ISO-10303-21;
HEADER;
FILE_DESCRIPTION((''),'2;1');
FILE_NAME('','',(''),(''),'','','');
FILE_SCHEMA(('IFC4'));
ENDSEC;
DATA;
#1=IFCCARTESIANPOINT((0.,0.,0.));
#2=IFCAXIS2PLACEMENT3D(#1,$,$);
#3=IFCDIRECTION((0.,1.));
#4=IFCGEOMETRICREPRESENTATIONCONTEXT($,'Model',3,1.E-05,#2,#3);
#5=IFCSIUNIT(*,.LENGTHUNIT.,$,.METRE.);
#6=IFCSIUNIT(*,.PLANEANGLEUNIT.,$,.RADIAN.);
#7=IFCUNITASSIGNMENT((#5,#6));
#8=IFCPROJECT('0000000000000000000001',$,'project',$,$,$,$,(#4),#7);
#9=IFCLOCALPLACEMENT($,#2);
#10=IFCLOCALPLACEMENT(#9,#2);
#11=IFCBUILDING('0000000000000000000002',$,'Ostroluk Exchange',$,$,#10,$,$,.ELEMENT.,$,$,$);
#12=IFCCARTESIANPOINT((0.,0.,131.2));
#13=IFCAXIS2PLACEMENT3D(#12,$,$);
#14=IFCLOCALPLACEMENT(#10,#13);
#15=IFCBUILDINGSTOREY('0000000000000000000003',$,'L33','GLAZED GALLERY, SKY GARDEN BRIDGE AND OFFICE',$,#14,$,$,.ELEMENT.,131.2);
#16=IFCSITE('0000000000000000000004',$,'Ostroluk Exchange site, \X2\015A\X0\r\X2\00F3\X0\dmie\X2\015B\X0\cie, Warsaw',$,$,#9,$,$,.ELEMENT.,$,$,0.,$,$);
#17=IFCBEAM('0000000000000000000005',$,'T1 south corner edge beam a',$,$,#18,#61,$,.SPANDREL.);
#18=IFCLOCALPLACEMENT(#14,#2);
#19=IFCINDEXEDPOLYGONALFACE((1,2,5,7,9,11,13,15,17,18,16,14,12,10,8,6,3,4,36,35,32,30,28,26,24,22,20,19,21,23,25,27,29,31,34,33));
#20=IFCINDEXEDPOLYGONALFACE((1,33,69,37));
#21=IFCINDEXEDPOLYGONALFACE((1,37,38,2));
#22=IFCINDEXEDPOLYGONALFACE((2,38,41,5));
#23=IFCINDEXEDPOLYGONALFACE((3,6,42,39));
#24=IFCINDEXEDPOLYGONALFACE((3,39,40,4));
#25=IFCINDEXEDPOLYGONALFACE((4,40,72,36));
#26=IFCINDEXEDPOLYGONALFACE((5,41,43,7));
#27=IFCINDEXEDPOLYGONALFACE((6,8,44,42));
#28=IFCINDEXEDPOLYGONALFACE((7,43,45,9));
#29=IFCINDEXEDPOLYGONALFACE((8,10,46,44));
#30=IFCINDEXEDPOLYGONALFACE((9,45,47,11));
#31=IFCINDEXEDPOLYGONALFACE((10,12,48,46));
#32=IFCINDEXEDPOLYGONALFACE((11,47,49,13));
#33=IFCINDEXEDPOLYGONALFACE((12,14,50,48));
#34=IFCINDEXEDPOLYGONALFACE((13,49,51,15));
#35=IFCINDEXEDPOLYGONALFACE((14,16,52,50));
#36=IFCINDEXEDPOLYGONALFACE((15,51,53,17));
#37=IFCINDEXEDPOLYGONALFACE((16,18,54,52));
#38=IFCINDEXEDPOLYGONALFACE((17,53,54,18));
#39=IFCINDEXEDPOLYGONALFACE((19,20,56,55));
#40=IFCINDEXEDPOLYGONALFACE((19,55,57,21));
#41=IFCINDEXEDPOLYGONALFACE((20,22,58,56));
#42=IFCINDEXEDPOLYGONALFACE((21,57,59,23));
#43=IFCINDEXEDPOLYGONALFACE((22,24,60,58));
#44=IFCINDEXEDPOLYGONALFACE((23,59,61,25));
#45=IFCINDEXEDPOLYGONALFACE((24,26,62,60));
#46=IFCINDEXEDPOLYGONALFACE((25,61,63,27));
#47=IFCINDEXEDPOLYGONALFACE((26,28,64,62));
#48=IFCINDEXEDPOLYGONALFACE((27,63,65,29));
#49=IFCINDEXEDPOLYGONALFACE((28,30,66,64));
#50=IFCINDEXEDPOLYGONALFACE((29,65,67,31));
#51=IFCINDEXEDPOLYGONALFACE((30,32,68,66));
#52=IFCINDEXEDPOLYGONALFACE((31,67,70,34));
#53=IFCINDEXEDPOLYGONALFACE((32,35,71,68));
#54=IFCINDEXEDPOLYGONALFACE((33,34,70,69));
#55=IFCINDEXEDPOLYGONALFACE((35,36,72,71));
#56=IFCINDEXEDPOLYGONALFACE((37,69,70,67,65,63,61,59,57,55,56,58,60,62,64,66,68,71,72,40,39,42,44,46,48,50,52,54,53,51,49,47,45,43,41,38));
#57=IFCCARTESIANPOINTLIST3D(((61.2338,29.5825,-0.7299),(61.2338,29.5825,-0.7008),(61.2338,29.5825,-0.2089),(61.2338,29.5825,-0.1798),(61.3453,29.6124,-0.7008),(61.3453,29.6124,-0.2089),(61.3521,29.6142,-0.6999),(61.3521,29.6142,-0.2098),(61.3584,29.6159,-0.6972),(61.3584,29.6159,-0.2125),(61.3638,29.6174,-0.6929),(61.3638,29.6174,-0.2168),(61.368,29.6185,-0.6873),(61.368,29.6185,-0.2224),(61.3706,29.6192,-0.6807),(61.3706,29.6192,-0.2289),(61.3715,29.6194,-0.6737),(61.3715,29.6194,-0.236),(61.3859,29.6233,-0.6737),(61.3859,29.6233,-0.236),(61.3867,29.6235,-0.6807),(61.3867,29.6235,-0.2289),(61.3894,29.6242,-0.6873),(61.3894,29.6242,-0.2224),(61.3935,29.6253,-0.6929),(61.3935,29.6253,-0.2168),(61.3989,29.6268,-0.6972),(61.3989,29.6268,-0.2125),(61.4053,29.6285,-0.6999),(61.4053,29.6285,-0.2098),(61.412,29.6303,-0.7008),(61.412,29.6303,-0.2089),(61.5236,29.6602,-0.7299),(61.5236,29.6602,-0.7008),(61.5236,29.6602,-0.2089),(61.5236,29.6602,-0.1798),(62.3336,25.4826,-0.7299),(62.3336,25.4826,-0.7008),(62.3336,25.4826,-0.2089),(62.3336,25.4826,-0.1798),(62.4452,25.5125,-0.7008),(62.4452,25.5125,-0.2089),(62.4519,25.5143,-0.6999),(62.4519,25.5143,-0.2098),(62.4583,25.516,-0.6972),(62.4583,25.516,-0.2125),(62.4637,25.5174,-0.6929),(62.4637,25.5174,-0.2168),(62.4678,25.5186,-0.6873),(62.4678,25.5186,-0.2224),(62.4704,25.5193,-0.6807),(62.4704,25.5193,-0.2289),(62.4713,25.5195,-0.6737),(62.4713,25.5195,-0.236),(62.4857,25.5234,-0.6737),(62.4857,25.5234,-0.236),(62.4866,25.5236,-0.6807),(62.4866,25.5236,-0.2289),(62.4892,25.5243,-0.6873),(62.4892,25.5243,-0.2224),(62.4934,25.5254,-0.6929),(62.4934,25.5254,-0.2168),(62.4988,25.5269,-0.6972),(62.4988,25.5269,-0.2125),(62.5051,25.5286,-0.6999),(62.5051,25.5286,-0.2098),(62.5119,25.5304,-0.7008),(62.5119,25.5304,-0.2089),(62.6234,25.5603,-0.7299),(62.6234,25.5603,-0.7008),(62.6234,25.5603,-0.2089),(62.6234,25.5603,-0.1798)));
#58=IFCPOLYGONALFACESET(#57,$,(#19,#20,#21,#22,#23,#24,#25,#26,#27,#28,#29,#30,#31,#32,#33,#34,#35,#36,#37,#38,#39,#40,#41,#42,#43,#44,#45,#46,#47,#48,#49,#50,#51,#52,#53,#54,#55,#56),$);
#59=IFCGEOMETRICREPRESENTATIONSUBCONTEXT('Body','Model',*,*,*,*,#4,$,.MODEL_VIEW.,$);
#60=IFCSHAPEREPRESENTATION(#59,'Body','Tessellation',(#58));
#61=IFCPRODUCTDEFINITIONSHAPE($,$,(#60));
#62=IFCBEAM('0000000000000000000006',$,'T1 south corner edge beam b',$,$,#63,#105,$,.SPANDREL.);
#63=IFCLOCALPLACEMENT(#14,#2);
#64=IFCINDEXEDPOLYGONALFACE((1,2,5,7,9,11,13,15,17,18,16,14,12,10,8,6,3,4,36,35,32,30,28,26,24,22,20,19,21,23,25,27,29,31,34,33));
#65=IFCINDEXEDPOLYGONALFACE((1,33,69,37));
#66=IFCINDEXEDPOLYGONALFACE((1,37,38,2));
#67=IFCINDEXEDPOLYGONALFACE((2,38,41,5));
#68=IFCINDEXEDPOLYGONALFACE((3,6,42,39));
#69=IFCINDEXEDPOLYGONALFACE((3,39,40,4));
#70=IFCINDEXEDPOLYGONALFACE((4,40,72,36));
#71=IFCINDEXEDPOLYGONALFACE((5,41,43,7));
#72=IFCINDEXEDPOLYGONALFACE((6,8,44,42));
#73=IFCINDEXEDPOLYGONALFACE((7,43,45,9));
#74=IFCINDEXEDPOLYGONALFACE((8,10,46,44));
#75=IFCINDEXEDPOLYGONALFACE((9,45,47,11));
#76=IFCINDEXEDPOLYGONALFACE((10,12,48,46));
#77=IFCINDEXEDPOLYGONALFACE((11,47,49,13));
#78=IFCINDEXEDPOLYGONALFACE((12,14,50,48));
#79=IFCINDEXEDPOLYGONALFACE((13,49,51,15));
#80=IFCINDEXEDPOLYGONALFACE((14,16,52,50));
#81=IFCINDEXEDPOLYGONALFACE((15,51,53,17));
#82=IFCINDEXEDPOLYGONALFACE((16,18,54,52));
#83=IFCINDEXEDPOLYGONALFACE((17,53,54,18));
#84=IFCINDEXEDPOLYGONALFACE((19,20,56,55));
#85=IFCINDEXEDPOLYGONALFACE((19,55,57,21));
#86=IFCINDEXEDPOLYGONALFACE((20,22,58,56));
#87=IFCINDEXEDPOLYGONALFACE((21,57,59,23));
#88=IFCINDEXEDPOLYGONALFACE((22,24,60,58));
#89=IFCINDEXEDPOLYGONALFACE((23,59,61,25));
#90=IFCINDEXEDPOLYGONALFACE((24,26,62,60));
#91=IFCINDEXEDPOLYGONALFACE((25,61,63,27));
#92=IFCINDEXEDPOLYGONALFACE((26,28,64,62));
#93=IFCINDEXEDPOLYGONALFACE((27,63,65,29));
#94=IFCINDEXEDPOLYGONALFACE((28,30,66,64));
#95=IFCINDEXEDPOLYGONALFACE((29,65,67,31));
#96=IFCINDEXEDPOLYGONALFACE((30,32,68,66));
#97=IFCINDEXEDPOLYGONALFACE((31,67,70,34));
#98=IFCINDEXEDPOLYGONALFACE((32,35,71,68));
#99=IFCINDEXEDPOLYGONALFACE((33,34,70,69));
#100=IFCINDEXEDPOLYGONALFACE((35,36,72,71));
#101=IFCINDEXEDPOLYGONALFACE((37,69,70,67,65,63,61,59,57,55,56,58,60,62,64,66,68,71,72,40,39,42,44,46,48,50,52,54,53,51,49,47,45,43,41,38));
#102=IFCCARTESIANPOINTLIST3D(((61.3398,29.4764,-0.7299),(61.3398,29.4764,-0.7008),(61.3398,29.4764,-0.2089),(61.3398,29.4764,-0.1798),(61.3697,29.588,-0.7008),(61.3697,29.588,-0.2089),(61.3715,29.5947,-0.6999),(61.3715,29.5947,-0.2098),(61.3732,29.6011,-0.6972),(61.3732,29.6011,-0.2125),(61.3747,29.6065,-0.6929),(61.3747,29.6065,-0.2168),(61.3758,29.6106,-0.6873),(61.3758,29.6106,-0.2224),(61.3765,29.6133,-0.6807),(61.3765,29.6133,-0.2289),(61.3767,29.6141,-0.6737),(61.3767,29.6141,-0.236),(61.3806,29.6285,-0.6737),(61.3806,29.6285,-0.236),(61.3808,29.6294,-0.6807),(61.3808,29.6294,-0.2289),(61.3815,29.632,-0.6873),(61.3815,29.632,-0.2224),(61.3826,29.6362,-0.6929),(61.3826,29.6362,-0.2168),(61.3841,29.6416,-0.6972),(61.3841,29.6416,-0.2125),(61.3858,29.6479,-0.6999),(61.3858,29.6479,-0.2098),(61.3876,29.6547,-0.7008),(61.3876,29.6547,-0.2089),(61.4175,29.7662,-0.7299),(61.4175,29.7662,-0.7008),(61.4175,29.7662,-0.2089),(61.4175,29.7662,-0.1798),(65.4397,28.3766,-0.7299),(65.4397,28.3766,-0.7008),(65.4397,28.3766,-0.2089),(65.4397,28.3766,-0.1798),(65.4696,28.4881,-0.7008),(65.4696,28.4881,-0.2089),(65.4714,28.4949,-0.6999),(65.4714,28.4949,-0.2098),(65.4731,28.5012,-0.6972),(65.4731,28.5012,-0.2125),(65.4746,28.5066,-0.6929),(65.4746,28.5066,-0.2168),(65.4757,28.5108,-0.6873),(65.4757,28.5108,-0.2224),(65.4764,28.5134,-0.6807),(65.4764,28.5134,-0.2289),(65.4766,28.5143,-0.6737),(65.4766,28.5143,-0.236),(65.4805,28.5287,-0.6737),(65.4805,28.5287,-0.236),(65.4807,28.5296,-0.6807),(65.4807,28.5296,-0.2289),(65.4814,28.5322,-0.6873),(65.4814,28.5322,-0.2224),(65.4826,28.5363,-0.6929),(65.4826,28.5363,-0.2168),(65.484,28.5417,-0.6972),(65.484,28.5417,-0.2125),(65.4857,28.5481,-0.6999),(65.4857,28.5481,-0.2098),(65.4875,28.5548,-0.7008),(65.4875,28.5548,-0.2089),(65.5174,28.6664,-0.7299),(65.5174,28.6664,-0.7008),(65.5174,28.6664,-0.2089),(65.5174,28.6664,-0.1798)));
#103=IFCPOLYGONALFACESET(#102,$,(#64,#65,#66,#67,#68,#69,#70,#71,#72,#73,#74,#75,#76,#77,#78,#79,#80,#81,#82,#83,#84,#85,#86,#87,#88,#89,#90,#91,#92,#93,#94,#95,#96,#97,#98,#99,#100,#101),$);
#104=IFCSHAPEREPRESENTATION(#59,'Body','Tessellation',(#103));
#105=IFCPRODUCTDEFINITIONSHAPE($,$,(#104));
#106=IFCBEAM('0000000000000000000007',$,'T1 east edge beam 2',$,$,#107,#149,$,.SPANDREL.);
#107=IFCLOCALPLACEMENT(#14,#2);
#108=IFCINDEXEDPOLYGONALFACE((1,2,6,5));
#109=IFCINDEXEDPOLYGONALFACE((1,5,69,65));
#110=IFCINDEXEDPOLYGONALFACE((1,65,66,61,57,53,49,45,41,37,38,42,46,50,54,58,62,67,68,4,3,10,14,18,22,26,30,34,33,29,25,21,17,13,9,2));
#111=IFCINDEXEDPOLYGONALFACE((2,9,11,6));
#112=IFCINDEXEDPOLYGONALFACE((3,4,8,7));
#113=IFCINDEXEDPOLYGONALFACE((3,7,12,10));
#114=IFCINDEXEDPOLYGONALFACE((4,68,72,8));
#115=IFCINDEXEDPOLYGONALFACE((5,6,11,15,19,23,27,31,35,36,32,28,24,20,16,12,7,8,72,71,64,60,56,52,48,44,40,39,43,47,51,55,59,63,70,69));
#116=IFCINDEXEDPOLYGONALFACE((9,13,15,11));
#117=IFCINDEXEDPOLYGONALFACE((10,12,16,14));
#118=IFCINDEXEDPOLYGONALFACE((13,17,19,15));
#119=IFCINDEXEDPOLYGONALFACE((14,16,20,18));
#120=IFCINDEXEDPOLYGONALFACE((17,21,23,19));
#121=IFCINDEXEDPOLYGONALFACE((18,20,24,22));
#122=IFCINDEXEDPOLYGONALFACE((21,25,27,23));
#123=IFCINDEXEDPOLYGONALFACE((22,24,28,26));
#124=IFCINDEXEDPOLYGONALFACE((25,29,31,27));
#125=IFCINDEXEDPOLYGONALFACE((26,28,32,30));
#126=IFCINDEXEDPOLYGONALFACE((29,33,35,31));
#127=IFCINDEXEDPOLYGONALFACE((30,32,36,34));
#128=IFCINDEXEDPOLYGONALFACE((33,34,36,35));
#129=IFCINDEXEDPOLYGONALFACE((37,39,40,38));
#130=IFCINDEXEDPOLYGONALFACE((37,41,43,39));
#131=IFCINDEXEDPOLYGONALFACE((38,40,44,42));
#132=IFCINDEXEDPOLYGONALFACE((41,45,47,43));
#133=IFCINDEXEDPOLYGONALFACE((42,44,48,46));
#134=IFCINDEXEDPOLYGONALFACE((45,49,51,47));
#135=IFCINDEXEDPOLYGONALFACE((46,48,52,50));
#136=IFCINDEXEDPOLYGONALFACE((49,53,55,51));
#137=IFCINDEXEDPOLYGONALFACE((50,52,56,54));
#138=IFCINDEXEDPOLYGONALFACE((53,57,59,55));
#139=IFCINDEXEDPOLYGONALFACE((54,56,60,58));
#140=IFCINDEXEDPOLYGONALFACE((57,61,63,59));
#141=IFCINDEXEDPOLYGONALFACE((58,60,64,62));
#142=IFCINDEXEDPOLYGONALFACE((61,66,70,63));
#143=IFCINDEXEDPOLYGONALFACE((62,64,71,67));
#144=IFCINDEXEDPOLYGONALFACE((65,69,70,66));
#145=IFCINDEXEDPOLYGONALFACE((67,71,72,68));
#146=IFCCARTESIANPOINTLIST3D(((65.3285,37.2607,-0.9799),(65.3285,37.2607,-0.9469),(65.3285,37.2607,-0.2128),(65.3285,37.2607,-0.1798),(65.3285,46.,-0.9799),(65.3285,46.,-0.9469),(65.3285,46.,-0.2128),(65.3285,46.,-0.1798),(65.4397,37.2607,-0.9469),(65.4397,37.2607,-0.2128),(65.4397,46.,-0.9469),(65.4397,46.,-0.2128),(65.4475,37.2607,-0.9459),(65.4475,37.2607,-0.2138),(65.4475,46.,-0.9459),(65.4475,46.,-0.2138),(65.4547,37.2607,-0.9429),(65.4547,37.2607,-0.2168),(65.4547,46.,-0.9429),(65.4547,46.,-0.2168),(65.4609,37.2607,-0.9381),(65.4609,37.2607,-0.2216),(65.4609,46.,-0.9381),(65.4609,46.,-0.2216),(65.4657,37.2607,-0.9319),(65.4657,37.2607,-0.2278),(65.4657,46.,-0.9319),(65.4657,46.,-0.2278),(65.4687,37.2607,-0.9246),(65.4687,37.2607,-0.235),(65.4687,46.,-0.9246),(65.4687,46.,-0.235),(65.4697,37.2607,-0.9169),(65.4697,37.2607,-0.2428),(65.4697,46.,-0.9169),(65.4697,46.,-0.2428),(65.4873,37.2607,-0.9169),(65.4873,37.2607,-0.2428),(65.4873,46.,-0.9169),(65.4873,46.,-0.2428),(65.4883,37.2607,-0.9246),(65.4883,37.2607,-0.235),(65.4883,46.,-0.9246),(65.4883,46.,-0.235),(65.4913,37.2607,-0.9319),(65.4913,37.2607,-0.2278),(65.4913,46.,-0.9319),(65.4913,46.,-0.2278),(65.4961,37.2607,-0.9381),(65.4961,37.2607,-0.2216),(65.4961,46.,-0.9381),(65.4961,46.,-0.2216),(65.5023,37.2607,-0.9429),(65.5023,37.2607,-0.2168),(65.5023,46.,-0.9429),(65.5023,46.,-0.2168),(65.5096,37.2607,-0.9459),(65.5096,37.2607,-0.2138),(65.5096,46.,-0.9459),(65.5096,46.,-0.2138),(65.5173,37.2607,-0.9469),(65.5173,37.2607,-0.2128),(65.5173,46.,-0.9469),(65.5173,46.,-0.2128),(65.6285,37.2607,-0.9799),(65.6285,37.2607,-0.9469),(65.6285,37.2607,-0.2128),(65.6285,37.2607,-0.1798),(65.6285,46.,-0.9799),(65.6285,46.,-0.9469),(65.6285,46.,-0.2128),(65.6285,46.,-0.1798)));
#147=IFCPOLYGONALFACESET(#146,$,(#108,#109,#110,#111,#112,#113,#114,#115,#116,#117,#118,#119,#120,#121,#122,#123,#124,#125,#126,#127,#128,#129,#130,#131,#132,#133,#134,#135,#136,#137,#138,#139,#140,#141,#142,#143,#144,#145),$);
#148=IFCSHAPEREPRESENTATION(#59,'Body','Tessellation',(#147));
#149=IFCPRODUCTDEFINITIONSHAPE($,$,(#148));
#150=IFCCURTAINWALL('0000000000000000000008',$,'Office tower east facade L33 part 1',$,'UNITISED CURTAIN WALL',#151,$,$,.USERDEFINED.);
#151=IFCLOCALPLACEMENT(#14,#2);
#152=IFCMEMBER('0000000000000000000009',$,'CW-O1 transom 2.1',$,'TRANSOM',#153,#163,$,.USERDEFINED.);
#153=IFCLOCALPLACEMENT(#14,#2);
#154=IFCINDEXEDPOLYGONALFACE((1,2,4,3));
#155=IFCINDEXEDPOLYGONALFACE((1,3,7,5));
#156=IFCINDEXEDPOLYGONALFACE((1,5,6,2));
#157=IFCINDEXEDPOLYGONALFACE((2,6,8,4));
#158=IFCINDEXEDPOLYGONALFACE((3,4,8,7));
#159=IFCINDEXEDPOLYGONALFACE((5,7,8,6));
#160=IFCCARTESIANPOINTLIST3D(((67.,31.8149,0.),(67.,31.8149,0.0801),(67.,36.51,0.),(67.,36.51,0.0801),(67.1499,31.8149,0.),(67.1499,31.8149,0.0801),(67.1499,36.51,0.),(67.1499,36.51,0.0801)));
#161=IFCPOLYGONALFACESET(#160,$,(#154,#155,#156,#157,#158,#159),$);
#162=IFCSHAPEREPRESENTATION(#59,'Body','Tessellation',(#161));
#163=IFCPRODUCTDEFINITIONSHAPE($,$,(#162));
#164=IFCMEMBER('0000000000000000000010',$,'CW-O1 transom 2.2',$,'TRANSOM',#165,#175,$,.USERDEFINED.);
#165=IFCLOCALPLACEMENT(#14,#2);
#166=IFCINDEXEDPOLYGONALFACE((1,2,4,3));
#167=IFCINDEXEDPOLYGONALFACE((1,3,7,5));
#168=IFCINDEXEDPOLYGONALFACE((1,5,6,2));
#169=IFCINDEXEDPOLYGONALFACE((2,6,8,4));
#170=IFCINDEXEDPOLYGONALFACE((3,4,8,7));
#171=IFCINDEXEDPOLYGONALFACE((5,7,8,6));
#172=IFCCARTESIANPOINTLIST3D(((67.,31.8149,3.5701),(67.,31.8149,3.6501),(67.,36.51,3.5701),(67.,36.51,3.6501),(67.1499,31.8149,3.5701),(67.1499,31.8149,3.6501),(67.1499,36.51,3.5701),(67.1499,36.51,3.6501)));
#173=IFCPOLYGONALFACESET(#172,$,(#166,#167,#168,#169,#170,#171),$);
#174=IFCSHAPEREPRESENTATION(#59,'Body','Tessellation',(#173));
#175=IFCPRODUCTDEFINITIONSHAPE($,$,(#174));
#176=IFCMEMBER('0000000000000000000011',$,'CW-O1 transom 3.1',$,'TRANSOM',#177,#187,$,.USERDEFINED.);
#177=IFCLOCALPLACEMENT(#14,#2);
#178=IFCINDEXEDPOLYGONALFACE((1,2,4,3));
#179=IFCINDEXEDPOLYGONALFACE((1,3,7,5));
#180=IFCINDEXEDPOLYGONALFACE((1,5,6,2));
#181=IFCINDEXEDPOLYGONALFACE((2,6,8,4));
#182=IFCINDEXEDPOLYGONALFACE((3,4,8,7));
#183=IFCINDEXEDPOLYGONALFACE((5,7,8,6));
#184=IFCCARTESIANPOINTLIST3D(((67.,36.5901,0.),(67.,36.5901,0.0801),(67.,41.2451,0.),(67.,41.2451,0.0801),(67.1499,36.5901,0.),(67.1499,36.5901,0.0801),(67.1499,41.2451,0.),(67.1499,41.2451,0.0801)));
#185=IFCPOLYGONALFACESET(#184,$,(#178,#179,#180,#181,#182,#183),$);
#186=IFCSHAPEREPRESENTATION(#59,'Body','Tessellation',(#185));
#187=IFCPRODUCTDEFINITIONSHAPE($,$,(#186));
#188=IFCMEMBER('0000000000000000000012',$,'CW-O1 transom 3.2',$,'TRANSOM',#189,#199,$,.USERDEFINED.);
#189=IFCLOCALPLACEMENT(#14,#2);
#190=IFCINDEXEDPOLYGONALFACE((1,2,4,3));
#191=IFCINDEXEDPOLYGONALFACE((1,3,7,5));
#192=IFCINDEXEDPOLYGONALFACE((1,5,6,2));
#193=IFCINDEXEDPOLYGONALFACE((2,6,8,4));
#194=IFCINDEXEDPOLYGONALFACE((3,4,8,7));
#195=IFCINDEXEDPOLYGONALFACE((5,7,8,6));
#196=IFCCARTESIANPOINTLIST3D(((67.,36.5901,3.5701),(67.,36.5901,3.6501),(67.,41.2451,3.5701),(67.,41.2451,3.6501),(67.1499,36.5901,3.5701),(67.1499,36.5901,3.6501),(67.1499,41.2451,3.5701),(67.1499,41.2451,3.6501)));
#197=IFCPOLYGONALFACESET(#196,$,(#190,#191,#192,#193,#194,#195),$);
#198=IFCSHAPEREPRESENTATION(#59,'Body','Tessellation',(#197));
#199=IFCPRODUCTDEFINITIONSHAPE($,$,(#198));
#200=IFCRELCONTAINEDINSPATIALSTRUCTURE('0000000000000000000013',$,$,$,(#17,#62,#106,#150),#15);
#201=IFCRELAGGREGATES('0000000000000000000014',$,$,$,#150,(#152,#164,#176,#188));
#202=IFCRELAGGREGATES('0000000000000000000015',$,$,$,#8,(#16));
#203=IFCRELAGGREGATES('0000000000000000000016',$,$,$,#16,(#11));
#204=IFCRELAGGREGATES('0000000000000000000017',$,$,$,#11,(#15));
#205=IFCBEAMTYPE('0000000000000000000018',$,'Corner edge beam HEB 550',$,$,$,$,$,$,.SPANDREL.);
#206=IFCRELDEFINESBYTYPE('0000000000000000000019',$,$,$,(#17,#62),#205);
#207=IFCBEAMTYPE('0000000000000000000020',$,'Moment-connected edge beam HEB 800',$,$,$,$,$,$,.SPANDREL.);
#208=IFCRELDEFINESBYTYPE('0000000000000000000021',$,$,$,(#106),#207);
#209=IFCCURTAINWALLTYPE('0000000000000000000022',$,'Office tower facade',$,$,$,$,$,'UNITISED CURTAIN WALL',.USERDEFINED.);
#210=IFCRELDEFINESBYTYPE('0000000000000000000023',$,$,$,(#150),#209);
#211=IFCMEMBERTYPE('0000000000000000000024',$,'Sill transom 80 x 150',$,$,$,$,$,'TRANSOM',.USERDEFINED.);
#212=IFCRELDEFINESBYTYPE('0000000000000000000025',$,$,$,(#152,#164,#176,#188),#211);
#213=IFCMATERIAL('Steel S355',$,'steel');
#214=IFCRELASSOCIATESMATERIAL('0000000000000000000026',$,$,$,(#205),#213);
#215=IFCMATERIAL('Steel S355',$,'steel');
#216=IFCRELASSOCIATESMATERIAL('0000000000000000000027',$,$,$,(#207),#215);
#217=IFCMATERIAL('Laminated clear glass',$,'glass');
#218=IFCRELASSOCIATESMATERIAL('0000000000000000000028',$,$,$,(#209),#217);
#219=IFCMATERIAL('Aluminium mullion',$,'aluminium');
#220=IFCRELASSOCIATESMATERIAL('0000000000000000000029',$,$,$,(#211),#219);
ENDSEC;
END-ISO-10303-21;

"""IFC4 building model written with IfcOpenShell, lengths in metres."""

from ifc_helpers import new_model, si_unit, direction, frame, origin, origin_2d, place, context, subcontext, project, spatial, rectangle, i_section, extrude, material, material_profile, profile_set, type_object, element, aggregate, save


model = new_model("IFC4")

# Units and contexts
model_context = context("Model", 3, precision=1e-05, world=origin(), true_north=direction((0.0, 1.0)))
body_context = subcontext(model_context, "Body", "Model", "MODEL_VIEW")
ifc_project = project(units=[si_unit("LENGTHUNIT", "METRE"), si_unit("PLANEANGLEUNIT", "RADIAN")], contexts=[model_context])

# Site, building, storey
site_placement = place(None, origin())
site = spatial("IfcSite", under=ifc_project, at=site_placement, Name="Ostroluk Exchange site, Śródmieście, Warsaw", CompositionType="ELEMENT", RefElevation=0.0)
building_placement = place(site_placement, origin())
building = spatial("IfcBuilding", under=site, at=building_placement, Name="Ostroluk Exchange", CompositionType="ELEMENT")
storey_placement = place(building_placement, frame((0.0, 0.0, 131.2)))
storey = spatial("IfcBuildingStorey", under=building, at=storey_placement, Name="L33", Description="GLAZED GALLERY, SKY GARDEN BRIDGE AND OFFICE", CompositionType="ELEMENT", Elevation=131.2)

# Beams
ifc_material_1 = material(Name="Steel S355", Category="steel")
ifc_material_profile_1 = material_profile(ifc_material_1, i_section(OverallWidth=0.3, OverallDepth=0.55, WebThickness=0.0149, FlangeThickness=0.0291, FilletRadius=0.0271, at=origin_2d()), Name="HEB 550")
ifc_profile_set_1 = profile_set([ifc_material_profile_1], Name="Steel S355")
beam_type_1 = type_object("IfcBeamType", Name="Corner edge beam HEB 550", PredefinedType="SPANDREL", material=ifc_profile_set_1)
for number, where, z_axis, x_axis, name in (
    (1, (61.3787, 29.6213, -0.4548), (0.259105, -0.965849, 0.0), (0.965849, 0.259105, 0.0), "T1 south corner edge beam a"),
    (2, (61.3787, 29.6213, -0.4548), (0.965849, -0.259105, 0.0), (0.259105, 0.965849, 0.0), "T1 south corner edge beam b"),
):
    element("IfcBeam", number, at=place(storey_placement, frame(where, z_axis=z_axis, x_axis=x_axis)), inside=storey, type_object=beam_type_1, Name=name, PredefinedType="SPANDREL", context=body_context, shape_type="SweptSolid", body=[
        extrude(i_section(OverallWidth=0.3, OverallDepth=0.55, WebThickness=0.0149, FlangeThickness=0.0291, FilletRadius=0.0271, at=origin_2d()), origin(), (0.0, 0.0, 1.0), 4.2449),
    ])
ifc_material_2 = material(Name="Steel S355", Category="steel")
ifc_material_profile_2 = material_profile(ifc_material_2, i_section(OverallWidth=0.3, OverallDepth=0.8, WebThickness=0.0176, FlangeThickness=0.033, FilletRadius=0.03, at=origin_2d()), Name="HEB 800")
ifc_profile_set_2 = profile_set([ifc_material_profile_2], Name="Steel S355")
beam_type_2 = type_object("IfcBeamType", Name="Moment-connected edge beam HEB 800", PredefinedType="SPANDREL", material=ifc_profile_set_2)
beam_1_placement = place(storey_placement, frame((65.4785, 37.2607, -0.5798), z_axis=(0.0, 1.0, 0.0), x_axis=(-1.0, 0.0, 0.0)))
element("IfcBeam", 3, at=beam_1_placement, inside=storey, type_object=beam_type_2, Name="T1 east edge beam 2", PredefinedType="SPANDREL", context=body_context, shape_type="SweptSolid", body=[
    extrude(i_section(OverallWidth=0.3, OverallDepth=0.8, WebThickness=0.0176, FlangeThickness=0.033, FilletRadius=0.03, at=origin_2d()), origin(), (0.0, 0.0, 1.0), 8.7393),
])

# Curtain wall, members
ifc_material_3 = material(Name="Laminated clear glass", Category="glass")
curtain_wall_type = type_object("IfcCurtainWallType", Name="Office tower facade", ElementType="UNITISED CURTAIN WALL", PredefinedType="USERDEFINED", material=ifc_material_3)
curtain_wall_placement = place(storey_placement, origin())
curtain_wall = element("IfcCurtainWall", 4, at=curtain_wall_placement, inside=storey, type_object=curtain_wall_type, Name="Office tower east facade L33 part 1", ObjectType="UNITISED CURTAIN WALL", PredefinedType="USERDEFINED")
ifc_material_4 = material(Name="Aluminium mullion", Category="aluminium")
ifc_material_profile_3 = material_profile(ifc_material_4, rectangle(XDim=0.1499, YDim=0.0801, at=origin_2d()), Name="Sill transom 80 x 150")
ifc_profile_set_3 = profile_set([ifc_material_profile_3], Name="Aluminium mullion")
member_type_1 = type_object("IfcMemberType", Name="Sill transom 80 x 150", ElementType="TRANSOM", PredefinedType="USERDEFINED", material=ifc_profile_set_3)
member_1_placement = place(storey_placement, frame((67.075, 31.8149, 0.04), z_axis=(0.0, 1.0, 0.0), x_axis=(-1.0, 0.0, 0.0)))
member_1 = element("IfcMember", 5, at=member_1_placement, type_object=member_type_1, Name="CW-O1 transom 2.1", ObjectType="TRANSOM", PredefinedType="USERDEFINED", context=body_context, shape_type="SweptSolid", body=[
    extrude(rectangle(XDim=0.1499, YDim=0.0801, at=origin_2d()), origin(), (0.0, 0.0, 1.0), 4.6951),
])
member_2_placement = place(storey_placement, frame((67.075, 31.8149, 3.6101), z_axis=(0.0, 1.0, 0.0), x_axis=(-1.0, 0.0, 0.0)))
member_2 = element("IfcMember", 6, at=member_2_placement, type_object=member_type_1, Name="CW-O1 transom 2.2", ObjectType="TRANSOM", PredefinedType="USERDEFINED", context=body_context, shape_type="SweptSolid", body=[
    extrude(rectangle(XDim=0.1499, YDim=0.0801, at=origin_2d()), origin(), (0.0, 0.0, 1.0), 4.6951),
])
member_3_placement = place(storey_placement, frame((67.075, 36.5901, 0.04), z_axis=(0.0, 1.0, 0.0), x_axis=(-1.0, 0.0, 0.0)))
member_3 = element("IfcMember", 7, at=member_3_placement, type_object=member_type_1, Name="CW-O1 transom 3.1", ObjectType="TRANSOM", PredefinedType="USERDEFINED", context=body_context, shape_type="SweptSolid", body=[
    extrude(rectangle(XDim=0.1499, YDim=0.0801, at=origin_2d()), origin(), (0.0, 0.0, 1.0), 4.655),
])
member_4_placement = place(storey_placement, frame((67.075, 36.5901, 3.6101), z_axis=(0.0, 1.0, 0.0), x_axis=(-1.0, 0.0, 0.0)))
member_4 = element("IfcMember", 8, at=member_4_placement, type_object=member_type_1, Name="CW-O1 transom 3.2", ObjectType="TRANSOM", PredefinedType="USERDEFINED", context=body_context, shape_type="SweptSolid", body=[
    extrude(rectangle(XDim=0.1499, YDim=0.0801, at=origin_2d()), origin(), (0.0, 0.0, 1.0), 4.655),
])
aggregate(curtain_wall, [member_1, member_2, member_3, member_4])

save(model, "model.ifc")
